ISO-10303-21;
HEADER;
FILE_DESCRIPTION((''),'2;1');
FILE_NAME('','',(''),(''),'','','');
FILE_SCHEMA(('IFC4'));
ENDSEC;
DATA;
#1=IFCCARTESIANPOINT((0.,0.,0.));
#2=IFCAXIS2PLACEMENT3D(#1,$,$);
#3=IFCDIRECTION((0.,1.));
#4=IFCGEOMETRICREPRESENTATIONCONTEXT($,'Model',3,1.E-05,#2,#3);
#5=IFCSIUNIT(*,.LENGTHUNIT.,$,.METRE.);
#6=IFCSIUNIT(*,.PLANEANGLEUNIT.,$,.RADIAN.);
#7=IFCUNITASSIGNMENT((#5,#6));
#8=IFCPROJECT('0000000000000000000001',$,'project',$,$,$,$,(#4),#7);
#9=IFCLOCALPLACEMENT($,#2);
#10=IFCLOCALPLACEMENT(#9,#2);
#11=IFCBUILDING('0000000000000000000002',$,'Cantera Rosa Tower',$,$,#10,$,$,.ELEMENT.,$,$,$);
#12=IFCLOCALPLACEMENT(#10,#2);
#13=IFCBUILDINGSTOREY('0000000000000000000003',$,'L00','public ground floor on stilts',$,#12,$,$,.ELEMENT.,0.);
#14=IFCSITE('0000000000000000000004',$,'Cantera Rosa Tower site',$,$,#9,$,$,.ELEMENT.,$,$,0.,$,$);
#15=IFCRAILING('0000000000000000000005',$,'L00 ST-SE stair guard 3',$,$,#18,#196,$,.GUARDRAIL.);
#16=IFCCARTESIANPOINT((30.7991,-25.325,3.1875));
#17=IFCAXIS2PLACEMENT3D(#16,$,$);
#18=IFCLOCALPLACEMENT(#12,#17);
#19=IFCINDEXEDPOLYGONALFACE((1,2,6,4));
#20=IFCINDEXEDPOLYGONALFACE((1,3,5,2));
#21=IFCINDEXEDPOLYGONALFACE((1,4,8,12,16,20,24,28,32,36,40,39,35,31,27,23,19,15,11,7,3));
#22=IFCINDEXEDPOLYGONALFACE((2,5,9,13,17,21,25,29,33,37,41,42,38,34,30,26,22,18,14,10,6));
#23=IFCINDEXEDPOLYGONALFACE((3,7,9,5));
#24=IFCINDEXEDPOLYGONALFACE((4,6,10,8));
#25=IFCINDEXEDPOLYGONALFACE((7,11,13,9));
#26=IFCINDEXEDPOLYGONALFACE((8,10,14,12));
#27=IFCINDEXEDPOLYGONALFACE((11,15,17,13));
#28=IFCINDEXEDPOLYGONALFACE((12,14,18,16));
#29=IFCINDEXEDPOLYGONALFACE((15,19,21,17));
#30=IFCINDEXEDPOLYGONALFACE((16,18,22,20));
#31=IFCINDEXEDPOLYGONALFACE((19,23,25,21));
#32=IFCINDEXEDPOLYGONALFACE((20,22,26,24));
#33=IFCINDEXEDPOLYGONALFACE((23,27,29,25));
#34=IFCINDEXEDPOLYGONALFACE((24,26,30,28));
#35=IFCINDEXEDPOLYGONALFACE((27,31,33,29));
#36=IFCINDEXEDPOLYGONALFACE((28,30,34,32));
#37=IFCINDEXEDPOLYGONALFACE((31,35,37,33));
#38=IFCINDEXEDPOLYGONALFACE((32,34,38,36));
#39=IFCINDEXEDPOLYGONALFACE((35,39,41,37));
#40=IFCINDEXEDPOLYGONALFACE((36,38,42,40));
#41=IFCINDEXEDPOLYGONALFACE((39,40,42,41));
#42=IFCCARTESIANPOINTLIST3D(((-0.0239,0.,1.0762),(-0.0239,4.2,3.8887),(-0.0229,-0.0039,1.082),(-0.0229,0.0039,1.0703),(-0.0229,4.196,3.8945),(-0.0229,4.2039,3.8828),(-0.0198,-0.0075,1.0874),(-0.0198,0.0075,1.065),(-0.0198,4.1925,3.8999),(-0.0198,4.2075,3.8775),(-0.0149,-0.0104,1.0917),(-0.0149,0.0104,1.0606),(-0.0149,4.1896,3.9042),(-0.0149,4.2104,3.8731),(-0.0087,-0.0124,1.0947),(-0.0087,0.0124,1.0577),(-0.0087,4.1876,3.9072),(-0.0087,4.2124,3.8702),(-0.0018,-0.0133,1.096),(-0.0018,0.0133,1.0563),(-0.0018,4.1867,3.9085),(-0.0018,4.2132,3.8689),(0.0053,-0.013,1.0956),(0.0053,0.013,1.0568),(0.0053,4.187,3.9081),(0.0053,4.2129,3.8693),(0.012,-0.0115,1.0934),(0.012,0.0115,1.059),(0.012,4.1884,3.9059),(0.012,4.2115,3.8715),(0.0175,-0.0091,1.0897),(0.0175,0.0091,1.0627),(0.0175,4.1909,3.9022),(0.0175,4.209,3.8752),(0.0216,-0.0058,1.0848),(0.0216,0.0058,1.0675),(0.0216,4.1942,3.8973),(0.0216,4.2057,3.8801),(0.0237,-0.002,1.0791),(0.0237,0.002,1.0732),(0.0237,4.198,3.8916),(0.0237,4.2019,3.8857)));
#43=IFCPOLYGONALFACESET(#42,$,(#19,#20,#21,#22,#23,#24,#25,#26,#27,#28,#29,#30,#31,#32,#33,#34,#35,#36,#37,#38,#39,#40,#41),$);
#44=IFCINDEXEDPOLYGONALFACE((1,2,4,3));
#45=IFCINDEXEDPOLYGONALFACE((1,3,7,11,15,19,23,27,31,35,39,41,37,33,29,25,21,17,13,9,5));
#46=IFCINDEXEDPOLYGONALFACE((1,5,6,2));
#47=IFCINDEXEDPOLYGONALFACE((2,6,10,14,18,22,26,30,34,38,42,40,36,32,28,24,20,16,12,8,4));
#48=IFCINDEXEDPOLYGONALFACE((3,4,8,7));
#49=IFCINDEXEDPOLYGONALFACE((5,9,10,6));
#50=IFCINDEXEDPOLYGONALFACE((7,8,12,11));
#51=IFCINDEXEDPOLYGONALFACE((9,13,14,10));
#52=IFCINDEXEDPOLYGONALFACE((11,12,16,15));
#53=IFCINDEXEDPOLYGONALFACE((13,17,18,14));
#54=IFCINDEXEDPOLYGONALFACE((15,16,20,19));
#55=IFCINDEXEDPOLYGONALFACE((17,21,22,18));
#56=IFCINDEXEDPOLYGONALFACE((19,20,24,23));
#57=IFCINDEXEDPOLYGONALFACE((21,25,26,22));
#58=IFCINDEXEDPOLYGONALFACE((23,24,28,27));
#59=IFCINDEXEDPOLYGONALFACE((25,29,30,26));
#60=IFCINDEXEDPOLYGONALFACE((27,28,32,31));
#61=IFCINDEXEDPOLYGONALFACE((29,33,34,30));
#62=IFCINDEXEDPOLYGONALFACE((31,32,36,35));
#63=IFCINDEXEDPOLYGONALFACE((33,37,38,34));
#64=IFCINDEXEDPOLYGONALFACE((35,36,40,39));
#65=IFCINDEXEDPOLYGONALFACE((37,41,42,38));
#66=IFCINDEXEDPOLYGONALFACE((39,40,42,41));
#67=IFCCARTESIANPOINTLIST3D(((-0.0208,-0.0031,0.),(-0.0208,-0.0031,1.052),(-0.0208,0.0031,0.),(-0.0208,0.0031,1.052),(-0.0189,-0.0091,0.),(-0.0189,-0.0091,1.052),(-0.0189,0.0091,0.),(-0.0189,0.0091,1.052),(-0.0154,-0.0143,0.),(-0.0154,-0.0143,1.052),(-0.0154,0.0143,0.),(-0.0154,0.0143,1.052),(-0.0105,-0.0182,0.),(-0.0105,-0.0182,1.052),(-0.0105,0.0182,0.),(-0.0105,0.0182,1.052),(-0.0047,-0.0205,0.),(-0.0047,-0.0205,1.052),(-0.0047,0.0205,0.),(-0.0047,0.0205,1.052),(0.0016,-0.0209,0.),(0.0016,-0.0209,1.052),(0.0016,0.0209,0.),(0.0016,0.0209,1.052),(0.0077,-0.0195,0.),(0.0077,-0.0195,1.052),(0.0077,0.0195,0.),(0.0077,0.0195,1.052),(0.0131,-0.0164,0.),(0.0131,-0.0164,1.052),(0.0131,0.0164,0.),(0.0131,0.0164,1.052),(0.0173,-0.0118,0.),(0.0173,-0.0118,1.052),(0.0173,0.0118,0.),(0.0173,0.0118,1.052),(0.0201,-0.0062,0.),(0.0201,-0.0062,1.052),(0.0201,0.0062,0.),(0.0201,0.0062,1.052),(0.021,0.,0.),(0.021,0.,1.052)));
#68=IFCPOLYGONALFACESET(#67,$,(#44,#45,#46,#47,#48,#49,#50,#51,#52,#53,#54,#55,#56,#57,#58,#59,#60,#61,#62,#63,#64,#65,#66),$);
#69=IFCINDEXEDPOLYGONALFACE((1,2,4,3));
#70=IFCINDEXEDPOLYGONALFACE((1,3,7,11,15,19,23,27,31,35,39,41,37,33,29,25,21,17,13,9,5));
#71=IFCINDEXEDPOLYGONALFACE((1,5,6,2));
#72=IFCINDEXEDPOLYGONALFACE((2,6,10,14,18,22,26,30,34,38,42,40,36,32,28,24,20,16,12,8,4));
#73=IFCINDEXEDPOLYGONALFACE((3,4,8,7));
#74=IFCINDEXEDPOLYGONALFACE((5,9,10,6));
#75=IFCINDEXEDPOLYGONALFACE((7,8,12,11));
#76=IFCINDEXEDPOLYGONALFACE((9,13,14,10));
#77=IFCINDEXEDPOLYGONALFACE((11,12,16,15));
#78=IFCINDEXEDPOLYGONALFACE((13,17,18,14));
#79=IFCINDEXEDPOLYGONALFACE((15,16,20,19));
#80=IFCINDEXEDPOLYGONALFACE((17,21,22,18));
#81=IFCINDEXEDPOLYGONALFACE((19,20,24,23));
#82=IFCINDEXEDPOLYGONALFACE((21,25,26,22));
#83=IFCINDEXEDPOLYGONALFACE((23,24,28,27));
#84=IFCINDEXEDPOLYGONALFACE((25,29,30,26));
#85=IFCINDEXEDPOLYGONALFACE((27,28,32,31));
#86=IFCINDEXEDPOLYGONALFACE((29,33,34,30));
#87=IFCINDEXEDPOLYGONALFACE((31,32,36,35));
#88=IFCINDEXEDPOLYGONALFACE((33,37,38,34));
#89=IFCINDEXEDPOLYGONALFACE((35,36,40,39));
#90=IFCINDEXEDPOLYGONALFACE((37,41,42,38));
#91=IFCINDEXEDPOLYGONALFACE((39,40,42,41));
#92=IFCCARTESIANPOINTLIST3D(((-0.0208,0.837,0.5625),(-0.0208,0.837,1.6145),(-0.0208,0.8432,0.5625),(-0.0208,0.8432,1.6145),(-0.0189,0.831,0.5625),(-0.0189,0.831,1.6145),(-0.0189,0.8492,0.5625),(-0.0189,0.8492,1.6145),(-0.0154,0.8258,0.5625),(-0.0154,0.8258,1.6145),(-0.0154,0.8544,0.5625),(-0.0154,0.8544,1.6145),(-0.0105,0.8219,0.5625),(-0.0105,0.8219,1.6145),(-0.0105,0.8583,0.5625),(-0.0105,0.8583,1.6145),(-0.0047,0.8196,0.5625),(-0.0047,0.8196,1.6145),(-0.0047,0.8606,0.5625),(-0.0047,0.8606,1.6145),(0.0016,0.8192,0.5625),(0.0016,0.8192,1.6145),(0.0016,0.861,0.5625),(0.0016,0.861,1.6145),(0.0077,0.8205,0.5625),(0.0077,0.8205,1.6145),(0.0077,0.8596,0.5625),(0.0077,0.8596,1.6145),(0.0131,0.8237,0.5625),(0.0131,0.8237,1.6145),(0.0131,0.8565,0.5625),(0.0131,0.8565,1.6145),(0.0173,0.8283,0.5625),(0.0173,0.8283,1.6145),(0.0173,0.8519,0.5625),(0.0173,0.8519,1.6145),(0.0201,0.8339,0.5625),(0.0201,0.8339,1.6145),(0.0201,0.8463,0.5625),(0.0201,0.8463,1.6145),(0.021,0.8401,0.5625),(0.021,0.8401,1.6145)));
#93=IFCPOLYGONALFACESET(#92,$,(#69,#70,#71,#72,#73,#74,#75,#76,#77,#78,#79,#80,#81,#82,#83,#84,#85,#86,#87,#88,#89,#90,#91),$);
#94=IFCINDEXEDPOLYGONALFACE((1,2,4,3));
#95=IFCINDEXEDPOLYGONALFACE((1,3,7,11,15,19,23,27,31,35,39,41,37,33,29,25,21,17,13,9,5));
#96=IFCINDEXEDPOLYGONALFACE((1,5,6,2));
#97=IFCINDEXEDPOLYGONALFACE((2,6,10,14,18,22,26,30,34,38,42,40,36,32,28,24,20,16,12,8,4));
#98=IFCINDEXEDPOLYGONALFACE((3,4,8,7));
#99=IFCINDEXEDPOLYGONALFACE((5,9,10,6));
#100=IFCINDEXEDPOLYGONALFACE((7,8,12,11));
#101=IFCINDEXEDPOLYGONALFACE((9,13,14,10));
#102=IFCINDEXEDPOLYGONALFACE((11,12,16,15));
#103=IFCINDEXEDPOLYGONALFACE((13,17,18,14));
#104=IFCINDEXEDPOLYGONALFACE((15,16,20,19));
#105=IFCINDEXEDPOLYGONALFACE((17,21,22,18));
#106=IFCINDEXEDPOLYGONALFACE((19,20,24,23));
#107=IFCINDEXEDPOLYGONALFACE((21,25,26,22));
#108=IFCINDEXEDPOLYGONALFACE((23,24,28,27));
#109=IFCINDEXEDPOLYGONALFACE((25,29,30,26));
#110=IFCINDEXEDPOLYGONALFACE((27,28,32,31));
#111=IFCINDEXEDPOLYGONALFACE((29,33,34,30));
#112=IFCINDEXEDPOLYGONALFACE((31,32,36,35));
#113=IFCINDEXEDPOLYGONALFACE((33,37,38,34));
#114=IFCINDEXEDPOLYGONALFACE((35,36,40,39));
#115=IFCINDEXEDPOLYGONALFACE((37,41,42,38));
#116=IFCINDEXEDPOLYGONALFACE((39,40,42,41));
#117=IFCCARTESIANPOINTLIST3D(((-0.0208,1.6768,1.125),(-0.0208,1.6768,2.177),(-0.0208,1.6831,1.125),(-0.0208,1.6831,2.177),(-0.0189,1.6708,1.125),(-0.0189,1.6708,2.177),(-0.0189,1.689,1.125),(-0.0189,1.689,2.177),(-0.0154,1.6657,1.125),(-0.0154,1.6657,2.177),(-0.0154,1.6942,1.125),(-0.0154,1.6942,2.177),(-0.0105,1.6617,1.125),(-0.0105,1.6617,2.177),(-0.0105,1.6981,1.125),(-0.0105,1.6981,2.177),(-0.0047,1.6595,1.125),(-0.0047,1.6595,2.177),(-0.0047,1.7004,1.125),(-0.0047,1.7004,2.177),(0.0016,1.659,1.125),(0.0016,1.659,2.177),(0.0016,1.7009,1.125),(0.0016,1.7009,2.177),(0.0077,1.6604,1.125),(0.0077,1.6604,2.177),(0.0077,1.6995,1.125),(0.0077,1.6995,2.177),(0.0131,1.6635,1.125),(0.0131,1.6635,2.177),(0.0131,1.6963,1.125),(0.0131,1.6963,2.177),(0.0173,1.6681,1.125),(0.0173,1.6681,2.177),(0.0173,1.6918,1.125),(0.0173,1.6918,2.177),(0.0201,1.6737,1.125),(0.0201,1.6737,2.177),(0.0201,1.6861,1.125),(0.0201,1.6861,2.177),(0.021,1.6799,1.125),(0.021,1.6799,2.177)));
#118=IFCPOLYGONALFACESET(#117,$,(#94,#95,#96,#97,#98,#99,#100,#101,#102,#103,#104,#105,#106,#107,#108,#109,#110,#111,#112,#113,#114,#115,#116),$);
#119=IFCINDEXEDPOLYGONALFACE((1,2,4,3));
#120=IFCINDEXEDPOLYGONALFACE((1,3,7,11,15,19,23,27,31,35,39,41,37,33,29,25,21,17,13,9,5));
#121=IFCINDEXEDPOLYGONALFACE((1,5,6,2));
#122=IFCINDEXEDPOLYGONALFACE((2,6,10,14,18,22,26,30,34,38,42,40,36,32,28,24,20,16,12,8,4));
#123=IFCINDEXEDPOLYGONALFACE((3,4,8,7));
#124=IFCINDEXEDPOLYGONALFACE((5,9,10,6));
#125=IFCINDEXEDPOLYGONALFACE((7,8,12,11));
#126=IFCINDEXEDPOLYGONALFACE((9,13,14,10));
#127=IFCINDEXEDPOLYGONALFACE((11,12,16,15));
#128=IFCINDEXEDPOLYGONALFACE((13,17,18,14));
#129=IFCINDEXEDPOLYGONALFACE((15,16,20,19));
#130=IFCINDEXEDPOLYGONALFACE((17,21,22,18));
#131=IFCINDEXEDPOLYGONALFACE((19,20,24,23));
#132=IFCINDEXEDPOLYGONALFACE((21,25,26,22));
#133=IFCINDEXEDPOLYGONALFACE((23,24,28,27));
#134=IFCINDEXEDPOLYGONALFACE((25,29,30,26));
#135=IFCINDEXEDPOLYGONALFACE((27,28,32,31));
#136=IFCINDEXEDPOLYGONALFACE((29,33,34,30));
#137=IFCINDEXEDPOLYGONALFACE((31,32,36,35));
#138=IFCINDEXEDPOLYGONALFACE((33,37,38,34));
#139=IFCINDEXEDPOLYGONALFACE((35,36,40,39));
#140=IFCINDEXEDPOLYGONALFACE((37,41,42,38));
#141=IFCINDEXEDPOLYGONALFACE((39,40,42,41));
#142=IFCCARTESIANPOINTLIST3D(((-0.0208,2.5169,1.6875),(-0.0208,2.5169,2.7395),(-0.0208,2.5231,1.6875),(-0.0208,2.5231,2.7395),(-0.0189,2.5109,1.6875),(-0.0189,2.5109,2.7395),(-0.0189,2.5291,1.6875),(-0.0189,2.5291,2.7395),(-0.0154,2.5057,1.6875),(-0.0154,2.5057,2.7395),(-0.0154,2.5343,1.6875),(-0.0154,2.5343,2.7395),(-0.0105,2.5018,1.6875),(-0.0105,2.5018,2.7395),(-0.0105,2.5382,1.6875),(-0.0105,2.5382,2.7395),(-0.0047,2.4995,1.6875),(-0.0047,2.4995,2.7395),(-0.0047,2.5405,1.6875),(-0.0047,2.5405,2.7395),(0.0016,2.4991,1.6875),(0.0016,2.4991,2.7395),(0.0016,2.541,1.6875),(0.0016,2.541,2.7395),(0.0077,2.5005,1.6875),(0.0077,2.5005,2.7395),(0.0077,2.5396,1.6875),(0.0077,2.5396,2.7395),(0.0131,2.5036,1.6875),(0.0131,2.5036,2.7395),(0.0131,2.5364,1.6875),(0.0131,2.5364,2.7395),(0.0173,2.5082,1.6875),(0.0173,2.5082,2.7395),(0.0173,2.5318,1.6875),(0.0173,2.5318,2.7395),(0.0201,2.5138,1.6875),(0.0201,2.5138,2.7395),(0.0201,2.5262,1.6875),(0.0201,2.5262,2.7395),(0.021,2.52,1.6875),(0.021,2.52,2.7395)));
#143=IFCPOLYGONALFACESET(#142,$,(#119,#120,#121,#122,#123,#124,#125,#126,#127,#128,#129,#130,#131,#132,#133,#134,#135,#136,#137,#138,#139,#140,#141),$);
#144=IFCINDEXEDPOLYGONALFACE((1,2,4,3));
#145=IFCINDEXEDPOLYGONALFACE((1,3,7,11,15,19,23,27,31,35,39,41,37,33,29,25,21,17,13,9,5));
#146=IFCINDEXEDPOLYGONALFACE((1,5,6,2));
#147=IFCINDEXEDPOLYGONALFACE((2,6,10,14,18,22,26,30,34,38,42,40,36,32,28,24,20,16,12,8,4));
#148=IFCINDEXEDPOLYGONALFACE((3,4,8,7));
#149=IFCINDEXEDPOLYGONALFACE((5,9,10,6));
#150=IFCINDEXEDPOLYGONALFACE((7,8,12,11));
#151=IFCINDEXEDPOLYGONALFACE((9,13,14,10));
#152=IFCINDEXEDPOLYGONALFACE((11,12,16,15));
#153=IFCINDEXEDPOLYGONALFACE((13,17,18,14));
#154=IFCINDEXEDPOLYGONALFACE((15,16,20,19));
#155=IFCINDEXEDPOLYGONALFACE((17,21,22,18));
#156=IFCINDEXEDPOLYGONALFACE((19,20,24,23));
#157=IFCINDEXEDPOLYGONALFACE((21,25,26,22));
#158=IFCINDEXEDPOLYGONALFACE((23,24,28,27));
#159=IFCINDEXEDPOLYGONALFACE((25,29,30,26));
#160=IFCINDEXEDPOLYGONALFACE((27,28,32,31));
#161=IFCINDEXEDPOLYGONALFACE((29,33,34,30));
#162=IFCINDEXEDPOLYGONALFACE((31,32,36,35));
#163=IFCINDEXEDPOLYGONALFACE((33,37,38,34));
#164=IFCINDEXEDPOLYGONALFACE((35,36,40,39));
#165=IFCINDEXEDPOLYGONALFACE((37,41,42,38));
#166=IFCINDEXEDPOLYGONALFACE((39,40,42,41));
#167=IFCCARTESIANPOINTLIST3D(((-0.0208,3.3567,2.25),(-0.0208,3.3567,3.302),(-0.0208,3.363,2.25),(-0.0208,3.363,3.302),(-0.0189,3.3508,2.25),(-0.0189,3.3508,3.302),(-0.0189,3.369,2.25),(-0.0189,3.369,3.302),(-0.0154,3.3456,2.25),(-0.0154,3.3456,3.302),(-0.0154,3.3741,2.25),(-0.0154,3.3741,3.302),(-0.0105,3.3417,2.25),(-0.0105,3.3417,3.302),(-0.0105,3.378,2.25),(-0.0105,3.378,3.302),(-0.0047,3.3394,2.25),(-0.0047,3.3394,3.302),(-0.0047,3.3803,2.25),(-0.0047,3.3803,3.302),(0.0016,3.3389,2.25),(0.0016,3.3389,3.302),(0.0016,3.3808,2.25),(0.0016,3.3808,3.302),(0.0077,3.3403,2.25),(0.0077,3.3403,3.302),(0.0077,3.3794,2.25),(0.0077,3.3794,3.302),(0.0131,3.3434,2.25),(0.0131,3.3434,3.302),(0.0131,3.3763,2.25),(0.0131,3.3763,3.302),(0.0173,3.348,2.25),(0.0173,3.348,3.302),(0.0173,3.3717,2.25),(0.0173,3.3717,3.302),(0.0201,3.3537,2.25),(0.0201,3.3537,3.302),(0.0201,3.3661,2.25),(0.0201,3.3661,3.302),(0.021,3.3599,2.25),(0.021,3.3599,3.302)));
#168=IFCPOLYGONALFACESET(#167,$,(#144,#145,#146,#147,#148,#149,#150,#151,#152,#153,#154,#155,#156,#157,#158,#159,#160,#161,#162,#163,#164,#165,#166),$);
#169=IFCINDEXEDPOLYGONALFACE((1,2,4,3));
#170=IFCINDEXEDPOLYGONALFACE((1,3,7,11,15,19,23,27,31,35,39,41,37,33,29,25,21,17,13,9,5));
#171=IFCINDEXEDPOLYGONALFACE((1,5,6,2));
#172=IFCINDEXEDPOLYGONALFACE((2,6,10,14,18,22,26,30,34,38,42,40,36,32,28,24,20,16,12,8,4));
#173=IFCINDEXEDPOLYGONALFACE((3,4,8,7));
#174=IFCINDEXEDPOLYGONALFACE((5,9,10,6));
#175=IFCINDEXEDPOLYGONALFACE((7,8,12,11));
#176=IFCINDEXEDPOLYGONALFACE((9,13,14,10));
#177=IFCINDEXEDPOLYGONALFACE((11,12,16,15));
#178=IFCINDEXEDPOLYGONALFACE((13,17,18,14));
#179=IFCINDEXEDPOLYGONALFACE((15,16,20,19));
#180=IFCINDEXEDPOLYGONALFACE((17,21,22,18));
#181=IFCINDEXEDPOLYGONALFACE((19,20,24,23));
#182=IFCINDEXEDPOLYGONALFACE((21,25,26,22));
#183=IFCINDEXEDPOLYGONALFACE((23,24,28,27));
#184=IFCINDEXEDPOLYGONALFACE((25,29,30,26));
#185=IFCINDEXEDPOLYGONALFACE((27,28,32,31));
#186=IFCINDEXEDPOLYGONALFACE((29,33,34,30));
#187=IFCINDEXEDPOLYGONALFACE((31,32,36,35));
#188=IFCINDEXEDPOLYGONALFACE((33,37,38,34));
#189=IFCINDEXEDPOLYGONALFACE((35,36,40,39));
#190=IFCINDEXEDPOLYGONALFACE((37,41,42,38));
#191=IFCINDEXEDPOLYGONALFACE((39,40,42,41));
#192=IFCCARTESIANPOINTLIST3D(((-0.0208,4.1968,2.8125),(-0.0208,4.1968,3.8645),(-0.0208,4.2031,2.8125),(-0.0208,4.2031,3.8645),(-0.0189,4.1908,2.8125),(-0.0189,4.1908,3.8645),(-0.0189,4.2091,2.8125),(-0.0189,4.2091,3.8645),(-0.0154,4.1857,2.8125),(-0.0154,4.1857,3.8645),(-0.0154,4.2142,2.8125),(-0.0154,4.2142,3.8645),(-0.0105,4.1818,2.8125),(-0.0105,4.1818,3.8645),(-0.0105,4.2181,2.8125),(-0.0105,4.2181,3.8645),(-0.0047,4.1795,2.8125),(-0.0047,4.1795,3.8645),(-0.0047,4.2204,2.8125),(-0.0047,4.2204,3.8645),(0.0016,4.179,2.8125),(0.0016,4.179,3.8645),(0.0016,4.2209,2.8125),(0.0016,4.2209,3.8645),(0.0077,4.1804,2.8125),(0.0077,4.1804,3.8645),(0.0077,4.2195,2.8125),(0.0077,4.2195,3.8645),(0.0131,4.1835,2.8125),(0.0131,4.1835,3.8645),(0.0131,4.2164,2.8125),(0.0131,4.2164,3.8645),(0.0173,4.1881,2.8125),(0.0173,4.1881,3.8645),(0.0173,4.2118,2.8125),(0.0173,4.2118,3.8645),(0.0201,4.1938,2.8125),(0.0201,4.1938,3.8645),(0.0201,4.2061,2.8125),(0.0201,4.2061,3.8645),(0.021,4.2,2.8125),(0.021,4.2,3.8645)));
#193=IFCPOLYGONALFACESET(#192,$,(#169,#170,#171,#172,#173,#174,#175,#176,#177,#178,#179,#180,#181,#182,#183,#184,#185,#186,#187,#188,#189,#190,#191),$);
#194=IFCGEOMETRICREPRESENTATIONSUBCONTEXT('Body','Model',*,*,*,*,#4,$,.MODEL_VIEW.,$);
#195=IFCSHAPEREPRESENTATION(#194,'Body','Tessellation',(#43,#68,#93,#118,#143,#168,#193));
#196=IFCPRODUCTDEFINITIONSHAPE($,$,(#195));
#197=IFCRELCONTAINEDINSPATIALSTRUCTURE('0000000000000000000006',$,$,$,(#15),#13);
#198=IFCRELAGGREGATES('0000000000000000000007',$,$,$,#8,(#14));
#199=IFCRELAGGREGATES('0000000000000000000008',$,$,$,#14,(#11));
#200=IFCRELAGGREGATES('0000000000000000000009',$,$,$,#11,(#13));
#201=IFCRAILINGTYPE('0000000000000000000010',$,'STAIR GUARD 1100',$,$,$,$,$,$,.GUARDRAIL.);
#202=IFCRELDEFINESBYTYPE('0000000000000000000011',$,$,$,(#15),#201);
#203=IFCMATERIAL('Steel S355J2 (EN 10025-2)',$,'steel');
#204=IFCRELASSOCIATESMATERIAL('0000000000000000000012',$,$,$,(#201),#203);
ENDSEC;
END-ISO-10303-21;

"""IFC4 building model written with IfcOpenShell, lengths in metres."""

from ifc_helpers import new_model, si_unit, direction, frame, origin, origin_2d, place, context, subcontext, project, spatial, circle, extrude, material, type_object, element, save


model = new_model("IFC4")

# Units and contexts
model_context = context("Model", 3, precision=1e-05, world=origin(), true_north=direction((0.0, 1.0)))
body_context = subcontext(model_context, "Body", "Model", "MODEL_VIEW")
ifc_project = project(units=[si_unit("LENGTHUNIT", "METRE"), si_unit("PLANEANGLEUNIT", "RADIAN")], contexts=[model_context])

# Site, building, storey
site_placement = place(None, origin())
site = spatial("IfcSite", under=ifc_project, at=site_placement, Name="Cantera Rosa Tower site", CompositionType="ELEMENT", RefElevation=0.0)
building_placement = place(site_placement, origin())
building = spatial("IfcBuilding", under=site, at=building_placement, Name="Cantera Rosa Tower", CompositionType="ELEMENT")
storey_placement = place(building_placement, origin())
storey = spatial("IfcBuildingStorey", under=building, at=storey_placement, Name="L00", Description="public ground floor on stilts", CompositionType="ELEMENT", Elevation=0.0)

# Railing
ifc_material_1 = material(Name="Steel S355J2 (EN 10025-2)", Category="steel")
railing_type_1 = type_object("IfcRailingType", Name="STAIR GUARD 1100", PredefinedType="GUARDRAIL", material=ifc_material_1)
railing_1_placement = place(storey_placement, frame((30.7991, -25.325, 3.1875)))
element("IfcRailing", 1, at=railing_1_placement, inside=storey, type_object=railing_type_1, Name="L00 ST-SE stair guard 3", PredefinedType="GUARDRAIL", context=body_context, shape_type="SweptSolid", body=[
    extrude(circle(Radius=0.0239, at=origin_2d()), frame((0.0, 0.0, 1.0762), z_axis=(0.0, 0.830904, 0.556416), x_axis=(-1.0, 0.0, 0.0)), (0.0, 0.0, 1.0), 5.0547),
    extrude(circle(Radius=0.021, at=origin_2d()), origin(), (0.0, 0.0, 1.0), 1.052),
    extrude(circle(Radius=0.021, at=origin_2d()), frame((0.0, 0.8401, 0.5625)), (0.0, 0.0, 1.0), 1.052),
    extrude(circle(Radius=0.021, at=origin_2d()), frame((0.0, 1.6799, 1.125)), (0.0, 0.0, 1.0), 1.052),
    extrude(circle(Radius=0.021, at=origin_2d()), frame((0.0, 2.52, 1.6875)), (0.0, 0.0, 1.0), 1.052),
    extrude(circle(Radius=0.021, at=origin_2d()), frame((0.0, 3.3599, 2.25)), (0.0, 0.0, 1.0), 1.052),
    extrude(circle(Radius=0.021, at=origin_2d()), frame((0.0, 4.2, 2.8125)), (0.0, 0.0, 1.0), 1.052),
])

save(model, "model.ifc")
